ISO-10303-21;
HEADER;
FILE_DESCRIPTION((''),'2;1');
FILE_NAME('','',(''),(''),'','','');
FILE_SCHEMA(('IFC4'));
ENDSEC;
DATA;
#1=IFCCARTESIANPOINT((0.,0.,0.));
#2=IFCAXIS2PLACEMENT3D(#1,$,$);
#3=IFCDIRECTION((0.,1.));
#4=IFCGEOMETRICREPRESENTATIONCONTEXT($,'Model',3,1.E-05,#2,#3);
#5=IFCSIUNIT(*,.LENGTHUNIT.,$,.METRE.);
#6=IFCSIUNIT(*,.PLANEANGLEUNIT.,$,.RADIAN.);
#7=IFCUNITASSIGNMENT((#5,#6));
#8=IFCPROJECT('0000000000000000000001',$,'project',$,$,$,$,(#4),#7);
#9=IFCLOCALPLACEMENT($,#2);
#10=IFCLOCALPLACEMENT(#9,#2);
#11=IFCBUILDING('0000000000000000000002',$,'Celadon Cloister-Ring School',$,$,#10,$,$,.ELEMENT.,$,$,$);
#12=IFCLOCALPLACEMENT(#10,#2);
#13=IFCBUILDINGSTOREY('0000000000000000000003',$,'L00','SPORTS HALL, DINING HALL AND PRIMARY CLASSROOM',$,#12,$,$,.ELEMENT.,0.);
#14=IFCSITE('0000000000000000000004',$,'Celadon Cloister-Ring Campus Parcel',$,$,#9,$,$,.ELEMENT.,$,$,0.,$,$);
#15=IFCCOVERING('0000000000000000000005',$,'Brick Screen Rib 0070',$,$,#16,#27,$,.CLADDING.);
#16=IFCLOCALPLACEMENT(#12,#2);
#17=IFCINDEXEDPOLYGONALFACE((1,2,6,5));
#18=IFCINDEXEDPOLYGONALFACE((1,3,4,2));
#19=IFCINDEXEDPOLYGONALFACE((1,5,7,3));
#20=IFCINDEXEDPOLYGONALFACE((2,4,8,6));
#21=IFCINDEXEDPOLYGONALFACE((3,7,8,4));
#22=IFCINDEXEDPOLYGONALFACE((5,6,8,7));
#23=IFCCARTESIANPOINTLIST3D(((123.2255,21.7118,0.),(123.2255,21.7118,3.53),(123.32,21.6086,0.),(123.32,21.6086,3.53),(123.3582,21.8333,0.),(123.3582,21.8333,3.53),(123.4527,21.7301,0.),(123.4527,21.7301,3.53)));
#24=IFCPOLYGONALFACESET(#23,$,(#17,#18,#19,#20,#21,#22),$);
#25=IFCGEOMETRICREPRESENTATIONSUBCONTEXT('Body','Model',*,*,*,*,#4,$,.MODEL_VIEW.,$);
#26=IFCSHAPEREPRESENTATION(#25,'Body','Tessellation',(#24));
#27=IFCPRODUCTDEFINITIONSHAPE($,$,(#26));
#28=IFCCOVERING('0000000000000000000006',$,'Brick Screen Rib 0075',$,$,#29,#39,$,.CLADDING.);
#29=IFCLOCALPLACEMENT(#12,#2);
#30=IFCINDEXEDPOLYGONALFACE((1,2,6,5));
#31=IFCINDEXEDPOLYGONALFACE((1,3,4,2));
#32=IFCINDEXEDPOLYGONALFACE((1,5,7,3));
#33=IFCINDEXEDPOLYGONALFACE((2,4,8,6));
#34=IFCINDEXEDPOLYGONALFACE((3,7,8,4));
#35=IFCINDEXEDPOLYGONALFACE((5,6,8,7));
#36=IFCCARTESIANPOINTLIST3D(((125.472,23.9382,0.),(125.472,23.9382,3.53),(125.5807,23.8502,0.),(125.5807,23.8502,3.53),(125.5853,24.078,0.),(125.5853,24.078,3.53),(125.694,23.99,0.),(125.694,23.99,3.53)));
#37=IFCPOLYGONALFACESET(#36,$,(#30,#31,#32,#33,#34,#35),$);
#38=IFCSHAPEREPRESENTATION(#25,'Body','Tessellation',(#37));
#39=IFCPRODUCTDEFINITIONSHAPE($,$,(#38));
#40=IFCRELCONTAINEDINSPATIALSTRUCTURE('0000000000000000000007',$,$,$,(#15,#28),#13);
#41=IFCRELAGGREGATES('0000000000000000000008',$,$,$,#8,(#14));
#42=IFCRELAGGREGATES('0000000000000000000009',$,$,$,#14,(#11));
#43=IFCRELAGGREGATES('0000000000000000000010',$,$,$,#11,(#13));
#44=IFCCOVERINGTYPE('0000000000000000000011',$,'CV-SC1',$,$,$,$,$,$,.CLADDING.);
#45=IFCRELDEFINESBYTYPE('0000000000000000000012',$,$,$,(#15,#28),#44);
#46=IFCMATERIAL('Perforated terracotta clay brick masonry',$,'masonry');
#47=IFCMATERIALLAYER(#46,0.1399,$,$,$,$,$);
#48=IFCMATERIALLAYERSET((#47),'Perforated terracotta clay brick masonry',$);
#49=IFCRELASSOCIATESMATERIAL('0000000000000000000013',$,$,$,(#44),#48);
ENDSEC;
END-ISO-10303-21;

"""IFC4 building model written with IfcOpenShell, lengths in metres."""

from ifc_helpers import new_model, si_unit, direction, frame, origin, origin_2d, place, context, subcontext, project, spatial, rectangle, extrude, material, layer, layer_set, type_object, element, save


model = new_model("IFC4")

# Units and contexts
model_context = context("Model", 3, precision=1e-05, world=origin(), true_north=direction((0.0, 1.0)))
body_context = subcontext(model_context, "Body", "Model", "MODEL_VIEW")
ifc_project = project(units=[si_unit("LENGTHUNIT", "METRE"), si_unit("PLANEANGLEUNIT", "RADIAN")], contexts=[model_context])

# Site, building, storey
site_placement = place(None, origin())
site = spatial("IfcSite", under=ifc_project, at=site_placement, Name="Celadon Cloister-Ring Campus Parcel", CompositionType="ELEMENT", RefElevation=0.0)
building_placement = place(site_placement, origin())
building = spatial("IfcBuilding", under=site, at=building_placement, Name="Celadon Cloister-Ring School", CompositionType="ELEMENT")
storey_placement = place(building_placement, origin())
storey = spatial("IfcBuildingStorey", under=building, at=storey_placement, Name="L00", Description="SPORTS HALL, DINING HALL AND PRIMARY CLASSROOM", CompositionType="ELEMENT", Elevation=0.0)

# Coverings
ifc_material_1 = material(Name="Perforated terracotta clay brick masonry", Category="masonry")
ifc_layer_1 = layer(ifc_material_1, 0.1399)
ifc_layer_set_1 = layer_set([ifc_layer_1], Name="Perforated terracotta clay brick masonry")
covering_type = type_object("IfcCoveringType", Name="CV-SC1", PredefinedType="CLADDING", material=ifc_layer_set_1)
for number, where, z_axis, x_axis, name in (
    (1, (123.3391, 21.7209, 0.0), (0.0, 0.0, 1.0), (-0.737501, -0.675346, 0.0), "Brick Screen Rib 0070"),
    (2, (125.583, 23.9641, 0.0), (0.0, 0.0, 1.0), (-0.62951, -0.776992, 0.0), "Brick Screen Rib 0075"),
):
    element("IfcCovering", number, at=place(storey_placement, frame(where, z_axis=z_axis, x_axis=x_axis)), inside=storey, type_object=covering_type, Name=name, PredefinedType="CLADDING", context=body_context, shape_type="SweptSolid", body=[
        extrude(rectangle(XDim=0.1799, YDim=0.1399, at=origin_2d()), origin(), (0.0, 0.0, 1.0), 3.53),
    ])

save(model, "model.ifc")
